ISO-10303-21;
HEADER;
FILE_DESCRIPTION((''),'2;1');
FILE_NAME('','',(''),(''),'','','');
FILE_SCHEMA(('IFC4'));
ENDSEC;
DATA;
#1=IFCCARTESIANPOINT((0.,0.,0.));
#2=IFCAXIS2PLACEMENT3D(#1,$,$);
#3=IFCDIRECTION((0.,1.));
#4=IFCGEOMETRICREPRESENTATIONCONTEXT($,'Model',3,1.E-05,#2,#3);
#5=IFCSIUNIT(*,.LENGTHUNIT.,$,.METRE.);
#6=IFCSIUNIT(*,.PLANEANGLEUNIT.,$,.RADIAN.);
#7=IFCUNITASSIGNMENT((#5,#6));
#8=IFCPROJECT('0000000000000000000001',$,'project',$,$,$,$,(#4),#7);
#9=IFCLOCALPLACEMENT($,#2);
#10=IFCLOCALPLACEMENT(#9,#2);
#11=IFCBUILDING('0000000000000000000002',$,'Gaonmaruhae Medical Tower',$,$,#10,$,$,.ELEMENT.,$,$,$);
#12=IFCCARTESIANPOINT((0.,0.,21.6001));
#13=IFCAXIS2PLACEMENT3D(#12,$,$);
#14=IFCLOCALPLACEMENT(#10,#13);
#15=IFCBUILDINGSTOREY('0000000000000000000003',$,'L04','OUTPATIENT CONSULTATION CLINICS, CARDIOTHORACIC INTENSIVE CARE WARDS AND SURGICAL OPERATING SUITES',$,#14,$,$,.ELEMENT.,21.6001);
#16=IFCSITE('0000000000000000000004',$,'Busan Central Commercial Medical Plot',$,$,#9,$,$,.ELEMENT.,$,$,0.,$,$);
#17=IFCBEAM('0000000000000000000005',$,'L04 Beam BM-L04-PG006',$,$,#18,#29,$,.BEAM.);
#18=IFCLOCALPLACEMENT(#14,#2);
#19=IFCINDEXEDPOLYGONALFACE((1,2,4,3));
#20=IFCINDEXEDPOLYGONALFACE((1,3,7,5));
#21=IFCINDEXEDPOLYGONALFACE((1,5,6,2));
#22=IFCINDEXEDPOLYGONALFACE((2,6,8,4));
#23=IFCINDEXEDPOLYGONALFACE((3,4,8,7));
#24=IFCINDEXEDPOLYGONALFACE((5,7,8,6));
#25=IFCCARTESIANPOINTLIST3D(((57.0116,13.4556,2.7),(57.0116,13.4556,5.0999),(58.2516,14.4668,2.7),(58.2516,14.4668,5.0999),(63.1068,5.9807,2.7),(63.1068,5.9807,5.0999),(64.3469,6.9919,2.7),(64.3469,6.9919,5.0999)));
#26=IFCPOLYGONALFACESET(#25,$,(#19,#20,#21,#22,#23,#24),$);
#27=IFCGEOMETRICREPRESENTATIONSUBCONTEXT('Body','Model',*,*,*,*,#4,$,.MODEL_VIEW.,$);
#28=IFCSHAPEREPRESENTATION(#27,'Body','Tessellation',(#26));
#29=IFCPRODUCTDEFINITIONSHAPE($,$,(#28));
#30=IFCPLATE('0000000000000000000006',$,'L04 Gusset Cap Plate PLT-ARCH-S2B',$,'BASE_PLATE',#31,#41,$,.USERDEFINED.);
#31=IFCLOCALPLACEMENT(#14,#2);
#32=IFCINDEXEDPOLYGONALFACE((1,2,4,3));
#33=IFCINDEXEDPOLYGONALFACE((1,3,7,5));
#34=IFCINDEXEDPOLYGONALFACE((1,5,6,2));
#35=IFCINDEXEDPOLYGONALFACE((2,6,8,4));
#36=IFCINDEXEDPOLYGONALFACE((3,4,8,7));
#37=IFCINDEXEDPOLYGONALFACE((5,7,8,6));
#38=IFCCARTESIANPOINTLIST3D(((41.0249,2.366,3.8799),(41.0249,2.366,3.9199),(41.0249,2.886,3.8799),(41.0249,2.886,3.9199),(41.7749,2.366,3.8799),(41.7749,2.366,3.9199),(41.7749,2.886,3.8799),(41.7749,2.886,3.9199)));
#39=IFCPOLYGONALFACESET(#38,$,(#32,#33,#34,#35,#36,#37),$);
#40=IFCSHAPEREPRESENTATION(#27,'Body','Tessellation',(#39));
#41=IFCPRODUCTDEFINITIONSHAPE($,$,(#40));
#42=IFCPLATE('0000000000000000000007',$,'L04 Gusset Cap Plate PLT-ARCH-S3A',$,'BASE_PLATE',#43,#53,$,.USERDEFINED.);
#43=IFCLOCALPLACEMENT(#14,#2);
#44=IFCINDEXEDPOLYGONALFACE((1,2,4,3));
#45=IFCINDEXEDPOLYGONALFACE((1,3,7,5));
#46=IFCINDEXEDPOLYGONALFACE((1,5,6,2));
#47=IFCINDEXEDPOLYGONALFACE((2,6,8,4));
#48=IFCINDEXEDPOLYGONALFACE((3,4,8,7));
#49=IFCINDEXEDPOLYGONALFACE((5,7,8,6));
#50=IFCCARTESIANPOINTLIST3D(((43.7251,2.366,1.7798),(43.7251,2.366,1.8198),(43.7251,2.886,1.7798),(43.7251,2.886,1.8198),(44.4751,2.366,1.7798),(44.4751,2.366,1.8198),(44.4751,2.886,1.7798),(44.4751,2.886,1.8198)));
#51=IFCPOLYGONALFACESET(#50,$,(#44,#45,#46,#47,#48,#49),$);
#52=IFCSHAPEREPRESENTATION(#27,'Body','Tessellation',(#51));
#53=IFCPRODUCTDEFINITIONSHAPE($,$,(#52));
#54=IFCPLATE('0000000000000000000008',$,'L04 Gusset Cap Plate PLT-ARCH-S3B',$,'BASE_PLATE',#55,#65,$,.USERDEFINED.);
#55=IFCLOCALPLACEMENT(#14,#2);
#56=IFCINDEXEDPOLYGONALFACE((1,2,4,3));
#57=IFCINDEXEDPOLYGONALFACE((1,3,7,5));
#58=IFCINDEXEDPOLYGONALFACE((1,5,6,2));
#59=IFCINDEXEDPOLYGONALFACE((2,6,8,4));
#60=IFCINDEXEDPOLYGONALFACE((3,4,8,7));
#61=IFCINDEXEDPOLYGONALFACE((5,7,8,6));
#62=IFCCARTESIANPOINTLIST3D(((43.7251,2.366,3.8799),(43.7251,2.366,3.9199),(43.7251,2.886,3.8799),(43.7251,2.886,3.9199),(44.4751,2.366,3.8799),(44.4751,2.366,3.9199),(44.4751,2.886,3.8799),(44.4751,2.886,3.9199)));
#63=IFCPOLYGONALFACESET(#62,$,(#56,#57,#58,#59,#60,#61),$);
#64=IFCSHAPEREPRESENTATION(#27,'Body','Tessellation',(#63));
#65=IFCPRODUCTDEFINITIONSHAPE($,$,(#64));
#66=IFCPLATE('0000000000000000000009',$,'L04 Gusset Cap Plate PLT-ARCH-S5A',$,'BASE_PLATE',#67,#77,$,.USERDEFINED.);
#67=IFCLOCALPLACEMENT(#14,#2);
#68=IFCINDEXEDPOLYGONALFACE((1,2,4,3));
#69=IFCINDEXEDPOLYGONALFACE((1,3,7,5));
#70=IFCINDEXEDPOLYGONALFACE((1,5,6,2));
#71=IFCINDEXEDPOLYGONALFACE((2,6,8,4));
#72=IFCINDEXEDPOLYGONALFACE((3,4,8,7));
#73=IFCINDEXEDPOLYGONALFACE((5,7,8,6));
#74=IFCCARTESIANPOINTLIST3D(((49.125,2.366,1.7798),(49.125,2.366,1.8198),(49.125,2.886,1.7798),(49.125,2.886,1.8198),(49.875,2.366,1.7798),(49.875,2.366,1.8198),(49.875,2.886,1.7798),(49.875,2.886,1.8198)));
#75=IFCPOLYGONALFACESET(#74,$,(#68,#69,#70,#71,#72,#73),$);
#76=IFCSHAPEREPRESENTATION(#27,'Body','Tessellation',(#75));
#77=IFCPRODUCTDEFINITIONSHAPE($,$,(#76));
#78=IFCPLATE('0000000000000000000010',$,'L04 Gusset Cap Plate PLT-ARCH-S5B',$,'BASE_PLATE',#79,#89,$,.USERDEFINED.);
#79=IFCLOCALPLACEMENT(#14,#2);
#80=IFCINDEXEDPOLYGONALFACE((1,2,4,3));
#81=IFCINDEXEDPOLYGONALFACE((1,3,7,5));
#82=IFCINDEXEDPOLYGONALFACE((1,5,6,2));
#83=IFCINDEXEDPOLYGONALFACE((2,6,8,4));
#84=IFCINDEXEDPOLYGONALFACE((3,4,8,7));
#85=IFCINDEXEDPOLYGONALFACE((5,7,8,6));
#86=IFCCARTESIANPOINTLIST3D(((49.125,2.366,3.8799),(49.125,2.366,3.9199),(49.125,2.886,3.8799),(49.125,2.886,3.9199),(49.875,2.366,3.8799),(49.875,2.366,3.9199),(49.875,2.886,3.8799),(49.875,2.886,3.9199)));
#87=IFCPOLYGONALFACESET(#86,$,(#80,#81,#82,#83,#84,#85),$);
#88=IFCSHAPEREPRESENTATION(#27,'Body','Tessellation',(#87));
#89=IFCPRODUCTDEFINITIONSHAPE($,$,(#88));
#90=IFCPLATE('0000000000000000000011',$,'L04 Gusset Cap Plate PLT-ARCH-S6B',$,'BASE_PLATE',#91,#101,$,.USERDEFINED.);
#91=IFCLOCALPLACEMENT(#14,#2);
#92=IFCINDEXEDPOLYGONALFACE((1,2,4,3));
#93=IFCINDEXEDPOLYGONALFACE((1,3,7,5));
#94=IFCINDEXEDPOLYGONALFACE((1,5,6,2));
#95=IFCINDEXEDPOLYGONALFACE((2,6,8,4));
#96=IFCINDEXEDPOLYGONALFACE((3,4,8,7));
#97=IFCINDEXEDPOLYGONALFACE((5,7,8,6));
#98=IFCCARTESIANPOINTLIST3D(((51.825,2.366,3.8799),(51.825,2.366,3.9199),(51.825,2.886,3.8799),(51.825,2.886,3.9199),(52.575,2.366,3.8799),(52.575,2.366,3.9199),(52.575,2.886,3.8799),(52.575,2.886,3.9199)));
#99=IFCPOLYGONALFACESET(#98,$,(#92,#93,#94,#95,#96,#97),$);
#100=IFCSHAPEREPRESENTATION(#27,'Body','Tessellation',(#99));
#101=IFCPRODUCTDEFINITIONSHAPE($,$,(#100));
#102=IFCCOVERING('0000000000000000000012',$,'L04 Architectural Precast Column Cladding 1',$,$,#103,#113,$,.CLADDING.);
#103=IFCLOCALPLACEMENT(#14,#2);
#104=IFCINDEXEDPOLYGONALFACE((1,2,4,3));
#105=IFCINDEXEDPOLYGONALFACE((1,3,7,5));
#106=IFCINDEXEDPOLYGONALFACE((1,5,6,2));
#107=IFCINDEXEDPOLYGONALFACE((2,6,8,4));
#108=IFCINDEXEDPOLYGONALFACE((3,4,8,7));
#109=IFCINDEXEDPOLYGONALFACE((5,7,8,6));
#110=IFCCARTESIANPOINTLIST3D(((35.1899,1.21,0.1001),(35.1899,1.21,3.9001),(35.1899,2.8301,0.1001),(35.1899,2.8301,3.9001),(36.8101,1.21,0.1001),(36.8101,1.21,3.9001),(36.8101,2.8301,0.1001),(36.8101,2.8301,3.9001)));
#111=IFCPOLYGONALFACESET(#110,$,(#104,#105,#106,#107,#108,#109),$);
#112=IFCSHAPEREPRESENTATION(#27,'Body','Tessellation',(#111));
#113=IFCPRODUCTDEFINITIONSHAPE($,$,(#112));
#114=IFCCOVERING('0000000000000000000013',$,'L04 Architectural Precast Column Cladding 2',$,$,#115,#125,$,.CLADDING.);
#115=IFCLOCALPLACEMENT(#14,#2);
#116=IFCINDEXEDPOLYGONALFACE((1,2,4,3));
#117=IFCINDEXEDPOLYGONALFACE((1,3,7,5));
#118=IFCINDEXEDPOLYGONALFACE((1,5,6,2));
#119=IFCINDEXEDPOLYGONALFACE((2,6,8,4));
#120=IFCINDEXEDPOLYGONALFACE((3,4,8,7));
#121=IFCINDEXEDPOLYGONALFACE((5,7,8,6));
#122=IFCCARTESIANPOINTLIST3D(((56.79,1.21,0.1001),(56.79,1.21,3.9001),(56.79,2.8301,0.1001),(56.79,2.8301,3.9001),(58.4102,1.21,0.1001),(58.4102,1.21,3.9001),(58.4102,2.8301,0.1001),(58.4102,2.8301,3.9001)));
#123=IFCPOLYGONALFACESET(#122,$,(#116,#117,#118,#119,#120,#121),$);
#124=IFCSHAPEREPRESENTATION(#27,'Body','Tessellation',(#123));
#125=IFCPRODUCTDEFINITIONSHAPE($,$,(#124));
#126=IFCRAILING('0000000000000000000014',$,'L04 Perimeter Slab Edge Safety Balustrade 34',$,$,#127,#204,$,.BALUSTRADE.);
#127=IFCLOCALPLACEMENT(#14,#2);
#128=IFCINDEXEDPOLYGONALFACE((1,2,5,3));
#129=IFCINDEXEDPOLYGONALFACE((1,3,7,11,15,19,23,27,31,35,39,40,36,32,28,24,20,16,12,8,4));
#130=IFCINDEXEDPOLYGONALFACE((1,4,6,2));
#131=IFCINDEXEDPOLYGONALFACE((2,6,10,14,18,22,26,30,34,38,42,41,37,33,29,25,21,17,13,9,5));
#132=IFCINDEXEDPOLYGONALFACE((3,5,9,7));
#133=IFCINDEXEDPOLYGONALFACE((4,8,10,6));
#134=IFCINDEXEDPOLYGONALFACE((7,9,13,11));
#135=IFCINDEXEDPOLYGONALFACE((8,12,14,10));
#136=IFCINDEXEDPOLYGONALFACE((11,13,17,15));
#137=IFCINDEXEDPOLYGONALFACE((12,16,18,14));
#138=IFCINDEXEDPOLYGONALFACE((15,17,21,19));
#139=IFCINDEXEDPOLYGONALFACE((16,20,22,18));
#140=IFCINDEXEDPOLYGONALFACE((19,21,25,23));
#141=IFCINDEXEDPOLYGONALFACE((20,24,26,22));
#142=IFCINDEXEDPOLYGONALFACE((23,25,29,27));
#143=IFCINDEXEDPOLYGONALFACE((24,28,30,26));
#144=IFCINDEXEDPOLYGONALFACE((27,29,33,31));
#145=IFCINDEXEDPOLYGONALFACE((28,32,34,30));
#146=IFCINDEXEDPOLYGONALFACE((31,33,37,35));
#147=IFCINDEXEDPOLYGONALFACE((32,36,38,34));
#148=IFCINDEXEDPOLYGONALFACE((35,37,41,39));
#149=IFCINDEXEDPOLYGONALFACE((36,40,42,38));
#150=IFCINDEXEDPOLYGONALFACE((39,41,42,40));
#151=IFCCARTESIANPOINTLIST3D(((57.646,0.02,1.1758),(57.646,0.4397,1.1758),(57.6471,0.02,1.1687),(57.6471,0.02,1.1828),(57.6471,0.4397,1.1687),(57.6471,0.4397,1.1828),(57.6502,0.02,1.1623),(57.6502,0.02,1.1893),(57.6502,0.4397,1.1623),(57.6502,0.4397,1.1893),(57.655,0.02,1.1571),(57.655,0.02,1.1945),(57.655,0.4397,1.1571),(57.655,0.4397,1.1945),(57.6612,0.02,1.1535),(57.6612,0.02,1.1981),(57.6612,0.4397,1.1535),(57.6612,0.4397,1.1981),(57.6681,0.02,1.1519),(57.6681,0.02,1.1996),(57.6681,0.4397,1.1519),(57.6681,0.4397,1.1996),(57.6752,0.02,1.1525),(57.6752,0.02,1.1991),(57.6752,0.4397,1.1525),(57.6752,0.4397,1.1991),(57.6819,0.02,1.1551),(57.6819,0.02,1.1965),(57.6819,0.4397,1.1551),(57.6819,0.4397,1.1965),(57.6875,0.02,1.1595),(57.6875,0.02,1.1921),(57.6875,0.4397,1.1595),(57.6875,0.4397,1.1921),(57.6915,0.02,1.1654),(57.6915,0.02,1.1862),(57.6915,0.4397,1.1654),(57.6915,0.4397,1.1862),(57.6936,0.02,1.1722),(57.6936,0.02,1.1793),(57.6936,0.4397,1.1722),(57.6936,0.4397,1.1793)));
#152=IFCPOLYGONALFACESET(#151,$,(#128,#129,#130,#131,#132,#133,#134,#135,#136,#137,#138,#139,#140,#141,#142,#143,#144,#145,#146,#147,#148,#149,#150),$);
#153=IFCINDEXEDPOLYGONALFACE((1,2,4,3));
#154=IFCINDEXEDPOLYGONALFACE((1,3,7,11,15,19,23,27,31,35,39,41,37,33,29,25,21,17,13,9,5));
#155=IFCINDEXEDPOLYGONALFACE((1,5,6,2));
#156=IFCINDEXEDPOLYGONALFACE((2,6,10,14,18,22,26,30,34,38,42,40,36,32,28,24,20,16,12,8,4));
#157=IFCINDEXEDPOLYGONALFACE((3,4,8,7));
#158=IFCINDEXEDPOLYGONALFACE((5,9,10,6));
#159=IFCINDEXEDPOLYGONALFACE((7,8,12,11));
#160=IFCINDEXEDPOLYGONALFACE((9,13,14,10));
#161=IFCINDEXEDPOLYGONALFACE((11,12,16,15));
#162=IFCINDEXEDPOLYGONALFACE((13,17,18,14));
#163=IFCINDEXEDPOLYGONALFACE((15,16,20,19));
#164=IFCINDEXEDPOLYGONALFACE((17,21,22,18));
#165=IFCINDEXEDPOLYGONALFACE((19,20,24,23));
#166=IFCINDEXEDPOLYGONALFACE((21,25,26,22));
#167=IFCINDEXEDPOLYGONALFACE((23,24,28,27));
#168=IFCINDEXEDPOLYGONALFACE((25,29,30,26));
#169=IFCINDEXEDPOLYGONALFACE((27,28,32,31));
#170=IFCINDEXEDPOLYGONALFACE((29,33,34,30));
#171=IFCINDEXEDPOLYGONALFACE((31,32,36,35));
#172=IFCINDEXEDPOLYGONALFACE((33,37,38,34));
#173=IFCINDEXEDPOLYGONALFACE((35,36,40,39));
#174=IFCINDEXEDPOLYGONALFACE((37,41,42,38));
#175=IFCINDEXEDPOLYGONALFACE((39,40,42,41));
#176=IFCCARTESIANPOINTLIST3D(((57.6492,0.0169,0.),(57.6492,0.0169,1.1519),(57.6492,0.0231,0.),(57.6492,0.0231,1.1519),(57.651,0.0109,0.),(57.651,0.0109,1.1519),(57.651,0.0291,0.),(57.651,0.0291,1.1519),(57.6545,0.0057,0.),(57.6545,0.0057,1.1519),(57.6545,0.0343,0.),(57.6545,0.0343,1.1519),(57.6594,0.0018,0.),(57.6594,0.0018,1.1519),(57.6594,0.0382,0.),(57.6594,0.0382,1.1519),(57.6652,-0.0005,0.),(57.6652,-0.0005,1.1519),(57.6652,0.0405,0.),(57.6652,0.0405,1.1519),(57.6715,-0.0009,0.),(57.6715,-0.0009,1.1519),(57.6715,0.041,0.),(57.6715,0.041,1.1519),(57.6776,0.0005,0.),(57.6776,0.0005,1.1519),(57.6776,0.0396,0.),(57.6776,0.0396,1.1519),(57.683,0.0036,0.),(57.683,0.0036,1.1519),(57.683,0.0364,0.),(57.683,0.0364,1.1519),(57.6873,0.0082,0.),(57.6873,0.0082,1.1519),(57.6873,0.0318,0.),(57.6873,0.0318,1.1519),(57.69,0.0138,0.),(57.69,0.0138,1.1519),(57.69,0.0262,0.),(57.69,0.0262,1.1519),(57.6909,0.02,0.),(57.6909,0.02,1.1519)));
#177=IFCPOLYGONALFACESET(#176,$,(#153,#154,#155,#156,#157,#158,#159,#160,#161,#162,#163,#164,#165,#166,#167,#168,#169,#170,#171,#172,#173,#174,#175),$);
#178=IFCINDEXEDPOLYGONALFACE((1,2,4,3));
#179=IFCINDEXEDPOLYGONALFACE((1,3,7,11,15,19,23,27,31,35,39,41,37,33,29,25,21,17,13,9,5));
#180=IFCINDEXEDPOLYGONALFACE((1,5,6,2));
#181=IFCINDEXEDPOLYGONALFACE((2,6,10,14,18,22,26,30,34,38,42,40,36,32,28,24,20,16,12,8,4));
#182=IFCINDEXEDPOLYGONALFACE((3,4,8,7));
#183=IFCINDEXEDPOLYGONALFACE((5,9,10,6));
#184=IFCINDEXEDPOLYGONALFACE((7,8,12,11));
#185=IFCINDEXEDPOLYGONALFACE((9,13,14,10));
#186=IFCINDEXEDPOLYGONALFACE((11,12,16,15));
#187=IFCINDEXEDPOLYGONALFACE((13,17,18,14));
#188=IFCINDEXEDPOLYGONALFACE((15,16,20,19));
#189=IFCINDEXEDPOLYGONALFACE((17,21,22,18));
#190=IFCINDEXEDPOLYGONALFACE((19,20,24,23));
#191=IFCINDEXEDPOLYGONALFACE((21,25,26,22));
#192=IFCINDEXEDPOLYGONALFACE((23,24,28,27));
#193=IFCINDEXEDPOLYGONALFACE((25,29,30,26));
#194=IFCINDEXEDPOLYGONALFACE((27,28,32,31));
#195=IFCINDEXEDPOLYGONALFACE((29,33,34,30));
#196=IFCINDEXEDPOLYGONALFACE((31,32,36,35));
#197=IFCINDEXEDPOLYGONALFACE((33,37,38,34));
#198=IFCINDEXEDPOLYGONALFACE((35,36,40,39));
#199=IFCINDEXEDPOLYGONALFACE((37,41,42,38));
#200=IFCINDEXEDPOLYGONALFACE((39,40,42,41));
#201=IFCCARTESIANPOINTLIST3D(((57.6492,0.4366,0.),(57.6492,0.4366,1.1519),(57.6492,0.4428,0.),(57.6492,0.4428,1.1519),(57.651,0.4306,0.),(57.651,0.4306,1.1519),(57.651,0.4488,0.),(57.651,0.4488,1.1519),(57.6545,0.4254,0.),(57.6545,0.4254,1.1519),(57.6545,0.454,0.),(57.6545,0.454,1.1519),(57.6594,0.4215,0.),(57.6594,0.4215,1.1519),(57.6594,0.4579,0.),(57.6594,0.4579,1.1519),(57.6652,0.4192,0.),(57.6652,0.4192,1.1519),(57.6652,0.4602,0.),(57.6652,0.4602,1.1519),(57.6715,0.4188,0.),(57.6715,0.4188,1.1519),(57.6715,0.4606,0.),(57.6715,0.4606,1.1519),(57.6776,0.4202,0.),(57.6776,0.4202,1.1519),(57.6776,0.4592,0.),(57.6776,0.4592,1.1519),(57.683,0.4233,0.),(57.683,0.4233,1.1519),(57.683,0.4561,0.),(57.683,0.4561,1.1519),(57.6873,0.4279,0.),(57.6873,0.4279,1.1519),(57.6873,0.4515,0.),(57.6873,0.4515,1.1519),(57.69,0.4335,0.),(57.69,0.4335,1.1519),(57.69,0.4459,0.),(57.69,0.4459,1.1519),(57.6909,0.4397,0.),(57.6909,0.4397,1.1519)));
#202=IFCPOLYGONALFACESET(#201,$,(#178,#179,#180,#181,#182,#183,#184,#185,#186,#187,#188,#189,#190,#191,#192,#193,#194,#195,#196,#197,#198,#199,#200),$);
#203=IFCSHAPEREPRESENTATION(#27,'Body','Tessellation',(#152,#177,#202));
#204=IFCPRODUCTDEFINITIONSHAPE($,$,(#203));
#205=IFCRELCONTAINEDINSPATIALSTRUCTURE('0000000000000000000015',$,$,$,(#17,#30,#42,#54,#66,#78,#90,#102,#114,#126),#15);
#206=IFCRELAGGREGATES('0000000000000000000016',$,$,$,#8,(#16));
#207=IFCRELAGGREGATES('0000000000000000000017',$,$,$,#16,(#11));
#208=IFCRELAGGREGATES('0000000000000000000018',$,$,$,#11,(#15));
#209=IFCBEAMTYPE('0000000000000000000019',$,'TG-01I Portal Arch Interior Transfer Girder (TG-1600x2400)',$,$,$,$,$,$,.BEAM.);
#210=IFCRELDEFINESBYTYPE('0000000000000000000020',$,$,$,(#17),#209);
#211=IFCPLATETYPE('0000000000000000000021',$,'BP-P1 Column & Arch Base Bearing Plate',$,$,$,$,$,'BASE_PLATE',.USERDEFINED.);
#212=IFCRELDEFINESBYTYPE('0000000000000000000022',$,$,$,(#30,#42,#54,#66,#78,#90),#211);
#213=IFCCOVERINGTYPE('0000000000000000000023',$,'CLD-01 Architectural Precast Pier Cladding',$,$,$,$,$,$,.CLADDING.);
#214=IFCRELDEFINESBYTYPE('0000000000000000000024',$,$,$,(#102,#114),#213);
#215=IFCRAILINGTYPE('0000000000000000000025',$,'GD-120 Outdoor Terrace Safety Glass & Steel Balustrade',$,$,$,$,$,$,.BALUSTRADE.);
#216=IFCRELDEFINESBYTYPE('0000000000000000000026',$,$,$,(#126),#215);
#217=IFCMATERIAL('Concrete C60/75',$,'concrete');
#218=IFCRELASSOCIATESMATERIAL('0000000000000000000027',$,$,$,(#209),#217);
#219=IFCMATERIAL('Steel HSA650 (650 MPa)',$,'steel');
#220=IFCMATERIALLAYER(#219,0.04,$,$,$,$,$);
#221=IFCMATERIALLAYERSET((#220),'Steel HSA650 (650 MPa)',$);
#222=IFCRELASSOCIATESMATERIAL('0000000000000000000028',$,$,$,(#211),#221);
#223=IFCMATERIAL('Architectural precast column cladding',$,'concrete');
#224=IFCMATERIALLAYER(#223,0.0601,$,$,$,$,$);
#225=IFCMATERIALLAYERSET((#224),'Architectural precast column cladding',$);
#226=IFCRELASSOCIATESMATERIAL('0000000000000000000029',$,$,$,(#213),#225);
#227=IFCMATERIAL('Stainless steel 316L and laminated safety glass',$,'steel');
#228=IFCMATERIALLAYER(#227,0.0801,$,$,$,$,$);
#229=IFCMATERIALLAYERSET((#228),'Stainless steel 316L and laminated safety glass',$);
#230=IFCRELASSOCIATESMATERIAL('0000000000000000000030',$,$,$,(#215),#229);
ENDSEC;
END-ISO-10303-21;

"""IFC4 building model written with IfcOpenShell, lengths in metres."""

from ifc_helpers import new_model, si_unit, direction, frame, origin, origin_2d, place, context, subcontext, project, spatial, rectangle, circle, extrude, material, layer, layer_set, material_profile, profile_set, type_object, element, save


model = new_model("IFC4")

# Units and contexts
model_context = context("Model", 3, precision=1e-05, world=origin(), true_north=direction((0.0, 1.0)))
body_context = subcontext(model_context, "Body", "Model", "MODEL_VIEW")
ifc_project = project(units=[si_unit("LENGTHUNIT", "METRE"), si_unit("PLANEANGLEUNIT", "RADIAN")], contexts=[model_context])

# Site, building, storey
site_placement = place(None, origin())
site = spatial("IfcSite", under=ifc_project, at=site_placement, Name="Busan Central Commercial Medical Plot", CompositionType="ELEMENT", RefElevation=0.0)
building_placement = place(site_placement, origin())
building = spatial("IfcBuilding", under=site, at=building_placement, Name="Gaonmaruhae Medical Tower", CompositionType="ELEMENT")
storey_placement = place(building_placement, frame((0.0, 0.0, 21.6001)))
storey = spatial("IfcBuildingStorey", under=building, at=storey_placement, Name="L04", Description="OUTPATIENT CONSULTATION CLINICS, CARDIOTHORACIC INTENSIVE CARE WARDS AND SURGICAL OPERATING SUITES", CompositionType="ELEMENT", Elevation=21.6001)

# Shared definitions
ifc_material_1 = material(Name="Concrete C60/75", Category="concrete")

# Beam
ifc_material_profile_1 = material_profile(ifc_material_1, rectangle(XDim=1.6001, YDim=2.3999, at=origin_2d()), Name="TG-1600x2400")
ifc_profile_set_1 = profile_set([ifc_material_profile_1], Name="Concrete C60/75")
beam_type_1 = type_object("IfcBeamType", Name="TG-01I Portal Arch Interior Transfer Girder (TG-1600x2400)", PredefinedType="BEAM", material=ifc_profile_set_1)
beam_1_placement = place(storey_placement, frame((57.6316, 13.9612, 3.8999), z_axis=(0.631959, -0.775002, 0.0), x_axis=(0.775002, 0.631959, 0.0)))
element("IfcBeam", 1, at=beam_1_placement, inside=storey, type_object=beam_type_1, Name="L04 Beam BM-L04-PG006", PredefinedType="BEAM", context=body_context, shape_type="SweptSolid", body=[
    extrude(rectangle(XDim=1.6001, YDim=2.3999, at=origin_2d()), origin(), (0.0, 0.0, 1.0), 9.645),
])

# Plates
ifc_material_2 = material(Name="Steel HSA650 (650 MPa)", Category="steel")
ifc_layer_1 = layer(ifc_material_2, 0.04)
ifc_layer_set_1 = layer_set([ifc_layer_1], Name="Steel HSA650 (650 MPa)")
plate_type = type_object("IfcPlateType", Name="BP-P1 Column & Arch Base Bearing Plate", ElementType="BASE_PLATE", PredefinedType="USERDEFINED", material=ifc_layer_set_1)
for number, where, z_axis, x_axis, name in (
    (2, (41.3999, 2.626, 3.8799), (0.0, 0.0, 1.0), (1.0, 0.0, 0.0), "L04 Gusset Cap Plate PLT-ARCH-S2B"),
    (3, (44.1001, 2.626, 1.7798), (0.0, 0.0, 1.0), (1.0, 0.0, 0.0), "L04 Gusset Cap Plate PLT-ARCH-S3A"),
    (4, (44.1001, 2.626, 3.8799), (0.0, 0.0, 1.0), (1.0, 0.0, 0.0), "L04 Gusset Cap Plate PLT-ARCH-S3B"),
    (5, (49.5, 2.626, 1.7798), (0.0, 0.0, 1.0), (1.0, 0.0, 0.0), "L04 Gusset Cap Plate PLT-ARCH-S5A"),
    (6, (49.5, 2.626, 3.8799), (0.0, 0.0, 1.0), (1.0, 0.0, 0.0), "L04 Gusset Cap Plate PLT-ARCH-S5B"),
    (7, (52.2, 2.626, 3.8799), (0.0, 0.0, 1.0), (1.0, 0.0, 0.0), "L04 Gusset Cap Plate PLT-ARCH-S6B"),
):
    element("IfcPlate", number, at=place(storey_placement, frame(where, z_axis=z_axis, x_axis=x_axis)), inside=storey, type_object=plate_type, Name=name, ObjectType="BASE_PLATE", PredefinedType="USERDEFINED", context=body_context, shape_type="SweptSolid", body=[
        extrude(rectangle(XDim=0.75, YDim=0.52, at=origin_2d()), origin(), (0.0, 0.0, 1.0), 0.04),
    ])

# Coverings
ifc_material_3 = material(Name="Architectural precast column cladding", Category="concrete")
ifc_layer_2 = layer(ifc_material_3, 0.0601)
ifc_layer_set_2 = layer_set([ifc_layer_2], Name="Architectural precast column cladding")
covering_type = type_object("IfcCoveringType", Name="CLD-01 Architectural Precast Pier Cladding", PredefinedType="CLADDING", material=ifc_layer_set_2)
for number, where, z_axis, x_axis, name in (
    (8, (36.0, 2.02, 0.1001), (0.0, 0.0, 1.0), (1.0, 0.0, 0.0), "L04 Architectural Precast Column Cladding 1"),
    (9, (57.6001, 2.02, 0.1001), (0.0, 0.0, 1.0), (1.0, 0.0, 0.0), "L04 Architectural Precast Column Cladding 2"),
):
    element("IfcCovering", number, at=place(storey_placement, frame(where, z_axis=z_axis, x_axis=x_axis)), inside=storey, type_object=covering_type, Name=name, PredefinedType="CLADDING", context=body_context, shape_type="SweptSolid", body=[
        extrude(rectangle(XDim=1.6201, YDim=1.6201, at=origin_2d()), origin(), (0.0, 0.0, 1.0), 3.8),
    ])

# Railing
ifc_material_4 = material(Name="Stainless steel 316L and laminated safety glass", Category="steel")
ifc_layer_3 = layer(ifc_material_4, 0.0801)
ifc_layer_set_3 = layer_set([ifc_layer_3], Name="Stainless steel 316L and laminated safety glass")
railing_type = type_object("IfcRailingType", Name="GD-120 Outdoor Terrace Safety Glass & Steel Balustrade", PredefinedType="BALUSTRADE", material=ifc_layer_set_3)
railing_1_placement = place(storey_placement, frame((57.6699, 0.02, 0.0)))
element("IfcRailing", 10, at=railing_1_placement, inside=storey, type_object=railing_type, Name="L04 Perimeter Slab Edge Safety Balustrade 34", PredefinedType="BALUSTRADE", context=body_context, shape_type="SweptSolid", body=[
    extrude(circle(Radius=0.0239, at=origin_2d()), frame((0.0, 0.0, 1.1758), z_axis=(0.0, 1.0, 0.0), x_axis=(-1.0, 0.0, 0.0)), (0.0, 0.0, 1.0), 0.4197),
    extrude(circle(Radius=0.021, at=origin_2d()), origin(), (0.0, 0.0, 1.0), 1.1519),
    extrude(circle(Radius=0.021, at=origin_2d()), frame((0.0, 0.4197, 0.0)), (0.0, 0.0, 1.0), 1.1519),
])

save(model, "model.ifc")
